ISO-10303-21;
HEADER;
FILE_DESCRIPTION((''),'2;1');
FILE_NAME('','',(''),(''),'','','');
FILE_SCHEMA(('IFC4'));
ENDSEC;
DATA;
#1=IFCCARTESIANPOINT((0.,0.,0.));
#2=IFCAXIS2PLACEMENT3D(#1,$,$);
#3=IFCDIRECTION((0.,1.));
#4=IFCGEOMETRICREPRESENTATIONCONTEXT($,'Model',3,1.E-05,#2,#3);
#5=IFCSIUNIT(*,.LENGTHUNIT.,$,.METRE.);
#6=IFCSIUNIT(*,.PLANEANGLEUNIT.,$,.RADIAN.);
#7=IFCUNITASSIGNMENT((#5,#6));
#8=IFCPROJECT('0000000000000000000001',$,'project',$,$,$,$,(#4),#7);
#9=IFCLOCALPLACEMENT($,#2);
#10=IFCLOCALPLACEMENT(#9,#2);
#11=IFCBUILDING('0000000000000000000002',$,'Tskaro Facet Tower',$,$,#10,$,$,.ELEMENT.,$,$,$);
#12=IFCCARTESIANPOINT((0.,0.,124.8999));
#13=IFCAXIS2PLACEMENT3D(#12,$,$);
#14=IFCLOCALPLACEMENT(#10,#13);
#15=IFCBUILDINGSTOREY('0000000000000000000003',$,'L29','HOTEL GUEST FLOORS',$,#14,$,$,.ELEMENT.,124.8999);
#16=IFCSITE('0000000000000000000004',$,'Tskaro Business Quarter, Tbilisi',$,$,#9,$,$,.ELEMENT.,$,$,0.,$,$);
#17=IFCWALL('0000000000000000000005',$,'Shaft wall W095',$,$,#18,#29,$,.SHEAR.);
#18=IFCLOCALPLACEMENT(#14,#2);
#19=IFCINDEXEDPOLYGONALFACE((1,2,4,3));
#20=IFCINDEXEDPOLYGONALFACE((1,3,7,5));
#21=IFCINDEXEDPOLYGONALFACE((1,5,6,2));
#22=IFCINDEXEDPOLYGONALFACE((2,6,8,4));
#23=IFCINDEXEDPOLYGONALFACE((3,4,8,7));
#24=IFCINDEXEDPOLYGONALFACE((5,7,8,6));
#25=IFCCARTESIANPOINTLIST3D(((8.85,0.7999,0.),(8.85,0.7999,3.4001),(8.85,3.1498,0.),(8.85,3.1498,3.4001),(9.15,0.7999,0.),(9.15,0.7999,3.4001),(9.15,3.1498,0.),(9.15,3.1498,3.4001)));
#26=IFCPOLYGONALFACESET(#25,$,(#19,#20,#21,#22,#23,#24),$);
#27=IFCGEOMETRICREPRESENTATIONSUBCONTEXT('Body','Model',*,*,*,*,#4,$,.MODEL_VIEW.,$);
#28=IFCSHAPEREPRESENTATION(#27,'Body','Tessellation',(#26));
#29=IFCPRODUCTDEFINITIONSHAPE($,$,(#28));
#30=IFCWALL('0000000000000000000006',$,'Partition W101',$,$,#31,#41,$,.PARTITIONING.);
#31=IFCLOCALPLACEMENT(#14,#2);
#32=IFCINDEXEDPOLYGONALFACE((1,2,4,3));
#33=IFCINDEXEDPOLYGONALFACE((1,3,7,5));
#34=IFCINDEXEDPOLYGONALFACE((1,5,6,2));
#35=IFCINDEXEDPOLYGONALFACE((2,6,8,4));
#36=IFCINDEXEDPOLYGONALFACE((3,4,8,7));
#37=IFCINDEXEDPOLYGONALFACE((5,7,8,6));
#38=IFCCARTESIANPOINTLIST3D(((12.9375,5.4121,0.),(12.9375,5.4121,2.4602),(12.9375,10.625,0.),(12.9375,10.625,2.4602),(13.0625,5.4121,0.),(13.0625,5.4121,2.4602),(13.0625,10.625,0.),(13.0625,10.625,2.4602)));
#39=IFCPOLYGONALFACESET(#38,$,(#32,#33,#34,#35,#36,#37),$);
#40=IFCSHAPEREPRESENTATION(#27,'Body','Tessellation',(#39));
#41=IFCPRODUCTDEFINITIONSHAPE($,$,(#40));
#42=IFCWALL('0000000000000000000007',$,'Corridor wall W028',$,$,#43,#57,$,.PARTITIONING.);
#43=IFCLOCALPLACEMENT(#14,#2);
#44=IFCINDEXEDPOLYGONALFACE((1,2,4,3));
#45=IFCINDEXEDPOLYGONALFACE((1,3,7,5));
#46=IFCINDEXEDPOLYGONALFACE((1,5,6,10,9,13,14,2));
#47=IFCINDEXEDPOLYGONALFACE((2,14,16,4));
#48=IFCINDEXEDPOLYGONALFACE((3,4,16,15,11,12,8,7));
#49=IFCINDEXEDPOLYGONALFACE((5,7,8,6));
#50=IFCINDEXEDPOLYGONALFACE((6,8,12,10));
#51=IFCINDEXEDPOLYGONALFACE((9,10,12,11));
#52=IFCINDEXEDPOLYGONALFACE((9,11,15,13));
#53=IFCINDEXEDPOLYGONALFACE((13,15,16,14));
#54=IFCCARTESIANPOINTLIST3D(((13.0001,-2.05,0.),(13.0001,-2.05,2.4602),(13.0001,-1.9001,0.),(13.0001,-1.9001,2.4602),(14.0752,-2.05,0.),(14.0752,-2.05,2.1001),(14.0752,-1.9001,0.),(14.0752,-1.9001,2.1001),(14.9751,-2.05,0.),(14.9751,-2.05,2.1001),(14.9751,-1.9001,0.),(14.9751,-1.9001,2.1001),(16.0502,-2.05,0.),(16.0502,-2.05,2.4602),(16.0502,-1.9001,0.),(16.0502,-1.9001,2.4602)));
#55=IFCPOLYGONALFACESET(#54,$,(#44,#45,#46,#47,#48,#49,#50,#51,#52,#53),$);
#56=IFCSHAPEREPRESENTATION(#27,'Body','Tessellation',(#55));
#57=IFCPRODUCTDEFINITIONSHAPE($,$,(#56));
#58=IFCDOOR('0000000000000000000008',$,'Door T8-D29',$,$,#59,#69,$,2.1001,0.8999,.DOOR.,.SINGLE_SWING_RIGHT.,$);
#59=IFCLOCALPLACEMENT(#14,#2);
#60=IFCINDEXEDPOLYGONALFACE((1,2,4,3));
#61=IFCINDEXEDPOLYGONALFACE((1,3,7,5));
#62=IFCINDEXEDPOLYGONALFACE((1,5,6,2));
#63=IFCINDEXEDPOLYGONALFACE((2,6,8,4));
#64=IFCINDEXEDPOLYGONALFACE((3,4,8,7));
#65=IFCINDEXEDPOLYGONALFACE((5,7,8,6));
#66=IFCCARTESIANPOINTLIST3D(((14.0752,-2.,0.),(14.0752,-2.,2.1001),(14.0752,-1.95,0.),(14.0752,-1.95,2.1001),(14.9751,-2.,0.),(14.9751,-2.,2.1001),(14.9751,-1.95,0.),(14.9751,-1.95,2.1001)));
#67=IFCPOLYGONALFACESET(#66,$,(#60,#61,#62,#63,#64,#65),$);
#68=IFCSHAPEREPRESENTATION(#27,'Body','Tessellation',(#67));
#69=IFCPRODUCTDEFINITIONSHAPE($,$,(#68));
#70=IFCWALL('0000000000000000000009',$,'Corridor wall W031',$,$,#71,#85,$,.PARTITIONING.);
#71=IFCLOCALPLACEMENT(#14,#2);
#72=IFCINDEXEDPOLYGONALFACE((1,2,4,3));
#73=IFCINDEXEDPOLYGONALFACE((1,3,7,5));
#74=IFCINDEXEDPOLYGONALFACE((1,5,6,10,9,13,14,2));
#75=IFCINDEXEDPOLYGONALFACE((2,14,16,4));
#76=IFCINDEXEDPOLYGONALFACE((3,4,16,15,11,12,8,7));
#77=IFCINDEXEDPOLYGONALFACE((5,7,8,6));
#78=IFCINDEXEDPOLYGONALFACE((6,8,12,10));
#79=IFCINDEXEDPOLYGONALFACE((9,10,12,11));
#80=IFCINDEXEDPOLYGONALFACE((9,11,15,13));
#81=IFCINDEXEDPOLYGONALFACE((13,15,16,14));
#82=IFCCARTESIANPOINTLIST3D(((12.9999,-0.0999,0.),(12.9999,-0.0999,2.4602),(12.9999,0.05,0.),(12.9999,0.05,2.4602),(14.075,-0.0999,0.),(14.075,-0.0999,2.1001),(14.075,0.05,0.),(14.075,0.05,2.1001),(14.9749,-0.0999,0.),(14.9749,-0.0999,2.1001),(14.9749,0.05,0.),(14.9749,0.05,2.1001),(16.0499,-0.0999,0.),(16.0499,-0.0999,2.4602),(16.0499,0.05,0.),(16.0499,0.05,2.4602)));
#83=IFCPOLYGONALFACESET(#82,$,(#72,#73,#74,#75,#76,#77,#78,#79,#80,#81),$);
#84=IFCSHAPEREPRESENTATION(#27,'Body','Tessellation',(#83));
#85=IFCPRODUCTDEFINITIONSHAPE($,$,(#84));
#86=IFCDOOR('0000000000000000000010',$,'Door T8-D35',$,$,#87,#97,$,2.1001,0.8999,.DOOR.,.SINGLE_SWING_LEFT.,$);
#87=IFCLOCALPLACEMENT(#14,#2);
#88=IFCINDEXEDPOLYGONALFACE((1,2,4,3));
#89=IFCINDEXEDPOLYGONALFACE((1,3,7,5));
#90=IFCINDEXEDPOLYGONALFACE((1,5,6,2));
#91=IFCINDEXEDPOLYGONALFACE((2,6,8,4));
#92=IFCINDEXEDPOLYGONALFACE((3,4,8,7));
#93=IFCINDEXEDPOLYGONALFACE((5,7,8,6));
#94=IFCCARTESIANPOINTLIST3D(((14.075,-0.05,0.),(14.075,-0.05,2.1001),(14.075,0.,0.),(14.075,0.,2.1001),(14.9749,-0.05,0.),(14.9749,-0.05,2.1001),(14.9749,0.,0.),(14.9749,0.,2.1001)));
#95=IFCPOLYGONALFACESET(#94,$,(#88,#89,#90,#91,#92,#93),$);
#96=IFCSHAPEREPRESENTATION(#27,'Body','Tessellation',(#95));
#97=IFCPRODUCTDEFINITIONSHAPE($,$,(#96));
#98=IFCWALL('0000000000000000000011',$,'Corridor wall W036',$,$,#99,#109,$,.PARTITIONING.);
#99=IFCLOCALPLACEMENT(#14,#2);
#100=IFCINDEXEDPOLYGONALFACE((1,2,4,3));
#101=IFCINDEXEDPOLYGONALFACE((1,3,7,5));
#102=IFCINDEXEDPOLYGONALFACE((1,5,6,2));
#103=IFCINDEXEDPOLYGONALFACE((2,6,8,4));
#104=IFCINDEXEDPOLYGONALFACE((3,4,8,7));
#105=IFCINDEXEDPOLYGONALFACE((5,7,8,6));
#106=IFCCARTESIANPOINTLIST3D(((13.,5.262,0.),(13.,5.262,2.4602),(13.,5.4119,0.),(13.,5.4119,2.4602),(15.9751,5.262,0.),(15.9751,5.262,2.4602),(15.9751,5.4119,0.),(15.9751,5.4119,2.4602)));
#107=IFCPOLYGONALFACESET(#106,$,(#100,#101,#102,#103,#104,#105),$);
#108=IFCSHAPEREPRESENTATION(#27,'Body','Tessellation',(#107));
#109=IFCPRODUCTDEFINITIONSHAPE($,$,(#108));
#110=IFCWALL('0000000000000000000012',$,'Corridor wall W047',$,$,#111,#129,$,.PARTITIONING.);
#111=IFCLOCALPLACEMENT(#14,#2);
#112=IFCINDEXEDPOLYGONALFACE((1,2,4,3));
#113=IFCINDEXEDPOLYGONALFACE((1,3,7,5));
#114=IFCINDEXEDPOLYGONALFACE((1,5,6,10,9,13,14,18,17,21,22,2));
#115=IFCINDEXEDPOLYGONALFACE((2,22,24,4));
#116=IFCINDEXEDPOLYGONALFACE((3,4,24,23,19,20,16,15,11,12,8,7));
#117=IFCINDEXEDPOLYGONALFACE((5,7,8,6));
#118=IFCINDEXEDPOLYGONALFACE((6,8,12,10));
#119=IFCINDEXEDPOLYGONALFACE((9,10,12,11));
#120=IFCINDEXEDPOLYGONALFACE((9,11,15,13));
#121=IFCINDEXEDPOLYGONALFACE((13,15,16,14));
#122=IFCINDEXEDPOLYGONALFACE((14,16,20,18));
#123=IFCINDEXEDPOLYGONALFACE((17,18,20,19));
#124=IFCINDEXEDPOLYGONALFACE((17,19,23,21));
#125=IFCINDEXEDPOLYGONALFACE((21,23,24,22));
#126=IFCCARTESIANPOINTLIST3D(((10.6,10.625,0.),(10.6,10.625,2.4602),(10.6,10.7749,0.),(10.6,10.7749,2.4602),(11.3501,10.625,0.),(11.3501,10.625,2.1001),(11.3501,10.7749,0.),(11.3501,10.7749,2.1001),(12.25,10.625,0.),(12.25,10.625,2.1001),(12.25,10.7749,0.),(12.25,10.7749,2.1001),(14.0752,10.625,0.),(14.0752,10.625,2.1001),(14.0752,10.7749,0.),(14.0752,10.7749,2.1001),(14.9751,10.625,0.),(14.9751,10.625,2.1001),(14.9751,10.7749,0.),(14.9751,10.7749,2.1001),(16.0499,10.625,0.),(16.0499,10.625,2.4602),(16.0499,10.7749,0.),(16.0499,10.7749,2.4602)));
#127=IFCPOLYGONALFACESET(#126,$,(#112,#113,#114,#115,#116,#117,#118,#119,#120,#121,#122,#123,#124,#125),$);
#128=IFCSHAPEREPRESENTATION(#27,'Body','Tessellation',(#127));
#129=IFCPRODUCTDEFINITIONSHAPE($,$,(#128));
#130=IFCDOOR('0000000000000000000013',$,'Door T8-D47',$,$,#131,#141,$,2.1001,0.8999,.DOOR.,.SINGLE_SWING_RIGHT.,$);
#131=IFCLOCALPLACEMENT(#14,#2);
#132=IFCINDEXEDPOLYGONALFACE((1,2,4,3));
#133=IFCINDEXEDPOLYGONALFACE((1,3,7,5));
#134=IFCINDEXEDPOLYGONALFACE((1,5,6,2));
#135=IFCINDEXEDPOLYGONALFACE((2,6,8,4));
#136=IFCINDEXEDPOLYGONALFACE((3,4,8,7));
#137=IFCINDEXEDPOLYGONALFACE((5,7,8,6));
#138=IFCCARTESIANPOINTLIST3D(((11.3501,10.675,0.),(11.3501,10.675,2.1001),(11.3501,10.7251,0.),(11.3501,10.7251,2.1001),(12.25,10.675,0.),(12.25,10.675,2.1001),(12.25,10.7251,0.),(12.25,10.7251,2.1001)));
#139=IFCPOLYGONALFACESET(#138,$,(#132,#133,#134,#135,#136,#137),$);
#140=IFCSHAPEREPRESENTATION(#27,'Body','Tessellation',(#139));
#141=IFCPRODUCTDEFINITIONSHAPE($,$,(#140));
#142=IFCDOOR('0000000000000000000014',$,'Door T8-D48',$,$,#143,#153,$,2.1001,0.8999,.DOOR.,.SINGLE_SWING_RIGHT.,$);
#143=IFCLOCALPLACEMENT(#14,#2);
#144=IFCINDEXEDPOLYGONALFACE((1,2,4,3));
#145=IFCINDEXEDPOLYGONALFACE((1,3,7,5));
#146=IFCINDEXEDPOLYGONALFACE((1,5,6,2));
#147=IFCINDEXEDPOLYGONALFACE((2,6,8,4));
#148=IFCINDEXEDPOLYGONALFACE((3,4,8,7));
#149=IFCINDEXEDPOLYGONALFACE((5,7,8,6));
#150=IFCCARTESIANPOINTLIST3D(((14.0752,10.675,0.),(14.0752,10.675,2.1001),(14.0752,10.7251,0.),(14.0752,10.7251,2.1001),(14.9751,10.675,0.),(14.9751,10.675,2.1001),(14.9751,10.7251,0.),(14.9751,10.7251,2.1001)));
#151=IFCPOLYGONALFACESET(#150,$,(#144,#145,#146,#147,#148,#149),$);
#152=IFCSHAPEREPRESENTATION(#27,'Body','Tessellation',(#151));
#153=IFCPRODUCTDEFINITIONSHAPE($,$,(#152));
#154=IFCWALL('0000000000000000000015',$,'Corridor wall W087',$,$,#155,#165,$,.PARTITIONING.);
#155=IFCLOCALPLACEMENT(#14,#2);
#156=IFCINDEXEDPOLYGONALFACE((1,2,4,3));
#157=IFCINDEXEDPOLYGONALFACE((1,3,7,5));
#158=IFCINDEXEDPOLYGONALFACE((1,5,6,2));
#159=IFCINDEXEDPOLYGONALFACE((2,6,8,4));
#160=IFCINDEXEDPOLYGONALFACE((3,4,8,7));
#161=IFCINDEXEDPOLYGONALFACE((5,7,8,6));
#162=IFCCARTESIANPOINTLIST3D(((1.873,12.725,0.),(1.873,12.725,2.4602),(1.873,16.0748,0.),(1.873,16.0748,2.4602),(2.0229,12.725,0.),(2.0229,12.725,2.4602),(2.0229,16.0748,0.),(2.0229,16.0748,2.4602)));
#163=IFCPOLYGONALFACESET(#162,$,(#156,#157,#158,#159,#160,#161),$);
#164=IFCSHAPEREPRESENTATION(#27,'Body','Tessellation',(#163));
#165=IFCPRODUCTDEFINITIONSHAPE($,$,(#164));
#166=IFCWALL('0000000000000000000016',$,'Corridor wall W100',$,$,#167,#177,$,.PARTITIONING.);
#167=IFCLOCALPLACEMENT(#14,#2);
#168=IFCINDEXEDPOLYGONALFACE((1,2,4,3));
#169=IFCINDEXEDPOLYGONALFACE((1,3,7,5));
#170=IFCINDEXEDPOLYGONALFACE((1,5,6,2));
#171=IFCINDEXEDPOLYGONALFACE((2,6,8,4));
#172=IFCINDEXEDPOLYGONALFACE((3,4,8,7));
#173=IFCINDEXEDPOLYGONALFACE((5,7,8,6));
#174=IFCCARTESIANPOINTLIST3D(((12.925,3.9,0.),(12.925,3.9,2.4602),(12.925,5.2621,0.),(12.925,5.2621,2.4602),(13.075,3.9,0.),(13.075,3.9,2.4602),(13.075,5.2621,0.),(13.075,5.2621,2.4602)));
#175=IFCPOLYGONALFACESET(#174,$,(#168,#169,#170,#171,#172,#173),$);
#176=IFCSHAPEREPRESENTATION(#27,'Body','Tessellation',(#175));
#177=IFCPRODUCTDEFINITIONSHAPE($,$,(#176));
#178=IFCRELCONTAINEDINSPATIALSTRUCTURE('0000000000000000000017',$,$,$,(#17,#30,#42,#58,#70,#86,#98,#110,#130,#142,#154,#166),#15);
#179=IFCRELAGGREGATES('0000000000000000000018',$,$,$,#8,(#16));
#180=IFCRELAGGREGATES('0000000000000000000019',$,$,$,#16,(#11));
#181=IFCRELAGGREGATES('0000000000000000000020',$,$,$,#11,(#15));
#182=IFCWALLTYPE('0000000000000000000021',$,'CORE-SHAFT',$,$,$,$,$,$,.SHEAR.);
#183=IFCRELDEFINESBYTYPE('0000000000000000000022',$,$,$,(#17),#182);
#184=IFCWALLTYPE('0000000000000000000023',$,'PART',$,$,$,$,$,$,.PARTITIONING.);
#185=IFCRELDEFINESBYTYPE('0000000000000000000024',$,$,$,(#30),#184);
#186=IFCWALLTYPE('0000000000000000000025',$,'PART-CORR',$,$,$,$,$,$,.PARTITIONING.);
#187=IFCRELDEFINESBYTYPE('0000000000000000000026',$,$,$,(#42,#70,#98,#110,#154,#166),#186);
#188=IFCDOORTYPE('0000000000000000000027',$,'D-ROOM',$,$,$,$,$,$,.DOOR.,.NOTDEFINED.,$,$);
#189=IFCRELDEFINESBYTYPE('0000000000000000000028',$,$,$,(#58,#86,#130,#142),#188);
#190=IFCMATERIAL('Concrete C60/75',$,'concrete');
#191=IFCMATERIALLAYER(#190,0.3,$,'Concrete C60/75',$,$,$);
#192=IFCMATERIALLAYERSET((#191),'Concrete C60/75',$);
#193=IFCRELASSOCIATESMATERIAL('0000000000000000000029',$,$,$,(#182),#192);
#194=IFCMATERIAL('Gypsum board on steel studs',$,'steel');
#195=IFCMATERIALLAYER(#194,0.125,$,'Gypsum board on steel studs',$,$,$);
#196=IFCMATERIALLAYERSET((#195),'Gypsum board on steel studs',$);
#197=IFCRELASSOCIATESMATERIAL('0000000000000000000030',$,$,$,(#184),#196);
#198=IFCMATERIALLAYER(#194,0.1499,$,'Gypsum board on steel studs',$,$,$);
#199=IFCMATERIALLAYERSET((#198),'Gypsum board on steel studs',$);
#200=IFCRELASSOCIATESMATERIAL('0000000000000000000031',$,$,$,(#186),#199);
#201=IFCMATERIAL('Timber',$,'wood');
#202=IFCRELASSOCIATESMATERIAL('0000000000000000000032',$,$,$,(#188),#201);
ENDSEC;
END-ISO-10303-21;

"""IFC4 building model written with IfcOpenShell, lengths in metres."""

from ifc_helpers import new_model, si_unit, direction, frame, frame_2d, origin, place, context, subcontext, project, spatial, rectangle, extrude, material, layer, layer_set, type_object, element, fill, save


model = new_model("IFC4")

# Units and contexts
model_context = context("Model", 3, precision=1e-05, world=origin(), true_north=direction((0.0, 1.0)))
body_context = subcontext(model_context, "Body", "Model", "MODEL_VIEW")
ifc_project = project(units=[si_unit("LENGTHUNIT", "METRE"), si_unit("PLANEANGLEUNIT", "RADIAN")], contexts=[model_context])

# Site, building, storey
site_placement = place(None, origin())
site = spatial("IfcSite", under=ifc_project, at=site_placement, Name="Tskaro Business Quarter, Tbilisi", CompositionType="ELEMENT", RefElevation=0.0)
building_placement = place(site_placement, origin())
building = spatial("IfcBuilding", under=site, at=building_placement, Name="Tskaro Facet Tower", CompositionType="ELEMENT")
storey_placement = place(building_placement, frame((0.0, 0.0, 124.8999)))
storey = spatial("IfcBuildingStorey", under=building, at=storey_placement, Name="L29", Description="HOTEL GUEST FLOORS", CompositionType="ELEMENT", Elevation=124.8999)

# Walls
ifc_material_1 = material(Name="Concrete C60/75", Category="concrete")
ifc_layer_1 = layer(ifc_material_1, 0.3, Name="Concrete C60/75")
ifc_layer_set_1 = layer_set([ifc_layer_1], Name="Concrete C60/75")
wall_type_1 = type_object("IfcWallType", Name="CORE-SHAFT", PredefinedType="SHEAR", material=ifc_layer_set_1)
wall_1_placement = place(storey_placement, frame((9.0, 0.8, 0.0), z_axis=(0.0, 0.0, 1.0), x_axis=(0.0, 1.0, 0.0)))
element("IfcWall", 1, at=wall_1_placement, inside=storey, type_object=wall_type_1, Name="Shaft wall W095", PredefinedType="SHEAR", context=body_context, shape_type="SweptSolid", body=[
    extrude(rectangle(XDim=2.3499, YDim=0.3, at=frame_2d((1.1748, 0.0))), origin(), (0.0, 0.0, 1.0), 3.4001),
])
ifc_material_2 = material(Name="Gypsum board on steel studs", Category="steel")
ifc_layer_2 = layer(ifc_material_2, 0.125, Name="Gypsum board on steel studs")
ifc_layer_set_2 = layer_set([ifc_layer_2], Name="Gypsum board on steel studs")
wall_type_2 = type_object("IfcWallType", Name="PART", PredefinedType="PARTITIONING", material=ifc_layer_set_2)
wall_2_placement = place(storey_placement, frame((13.0, 5.4121, 0.0), z_axis=(0.0, 0.0, 1.0), x_axis=(0.0, 1.0, 0.0)))
element("IfcWall", 2, at=wall_2_placement, inside=storey, type_object=wall_type_2, Name="Partition W101", PredefinedType="PARTITIONING", context=body_context, shape_type="SweptSolid", body=[
    extrude(rectangle(XDim=5.2129, YDim=0.125, at=frame_2d((2.6064, 0.0))), origin(), (0.0, 0.0, 1.0), 2.4602),
])

# Walls, openings, doors
ifc_layer_3 = layer(ifc_material_2, 0.1499, Name="Gypsum board on steel studs")
ifc_layer_set_3 = layer_set([ifc_layer_3], Name="Gypsum board on steel studs")
wall_type_3 = type_object("IfcWallType", Name="PART-CORR", PredefinedType="PARTITIONING", material=ifc_layer_set_3)
wall_3_placement = place(storey_placement, frame((16.05, -1.9751, 0.0), z_axis=(0.0, 0.0, 1.0), x_axis=(-1.0, 0.0, 0.0)))
wall_3 = element("IfcWall", 3, at=wall_3_placement, inside=storey, type_object=wall_type_3, Name="Corridor wall W028", PredefinedType="PARTITIONING", context=body_context, shape_type="SweptSolid", body=[
    extrude(rectangle(XDim=3.05, YDim=0.1499, at=frame_2d((1.5249, 0.0))), origin(), (0.0, 0.0, 1.0), 2.4602),
])
opening_1_placement = place(wall_3_placement, frame((1.075, 0.0, 0.0)))
opening_1 = element("IfcOpeningElement", 4, at=opening_1_placement, cuts=wall_3, PredefinedType="OPENING", context=body_context, shape_type="SweptSolid", body=[
    extrude(rectangle(XDim=0.8999, YDim=2.1001, at=frame_2d((0.45, 1.05))), frame((0.0, 0.085, 0.0), z_axis=(0.0, -1.0, 0.0), x_axis=(1.0, 0.0, 0.0)), (0.0, 0.0, 1.0), 0.1699),
])
ifc_material_3 = material(Name="Timber", Category="wood")
door_type_1 = type_object("IfcDoorType", Name="D-ROOM", OperationType="NOTDEFINED", PredefinedType="DOOR", material=ifc_material_3)
door_1_placement = place(opening_1_placement, origin())
door_1 = element("IfcDoor", 5, at=door_1_placement, inside=storey, type_object=door_type_1, Name="Door T8-D29", OperationType="SINGLE_SWING_RIGHT", OverallHeight=2.1001, OverallWidth=0.8999, PredefinedType="DOOR", context=body_context, shape_type="SweptSolid", body=[
    extrude(rectangle(XDim=0.8999, YDim=2.1001, at=frame_2d((0.45, 1.05))), frame((0.0, 0.0249, 0.0), z_axis=(0.0, -1.0, 0.0), x_axis=(1.0, 0.0, 0.0)), (0.0, 0.0, 1.0), 0.05),
])
fill(opening_1, door_1)
wall_4_placement = place(storey_placement, frame((13.0, -0.0249, 0.0), z_axis=(0.0, 0.0, 1.0), x_axis=(1.0, 0.0, 0.0)))
wall_4 = element("IfcWall", 6, at=wall_4_placement, inside=storey, type_object=wall_type_3, Name="Corridor wall W031", PredefinedType="PARTITIONING", context=body_context, shape_type="SweptSolid", body=[
    extrude(rectangle(XDim=3.05, YDim=0.1499, at=frame_2d((1.5249, 0.0))), origin(), (0.0, 0.0, 1.0), 2.4602),
])
opening_2_placement = place(wall_4_placement, frame((1.075, 0.0, 0.0)))
opening_2 = element("IfcOpeningElement", 7, at=opening_2_placement, cuts=wall_4, PredefinedType="OPENING", context=body_context, shape_type="SweptSolid", body=[
    extrude(rectangle(XDim=0.8999, YDim=2.1001, at=frame_2d((0.45, 1.05))), frame((0.0, 0.085, 0.0), z_axis=(0.0, -1.0, 0.0), x_axis=(1.0, 0.0, 0.0)), (0.0, 0.0, 1.0), 0.1699),
])
door_2_placement = place(opening_2_placement, origin())
door_2 = element("IfcDoor", 8, at=door_2_placement, inside=storey, type_object=door_type_1, Name="Door T8-D35", OperationType="SINGLE_SWING_LEFT", OverallHeight=2.1001, OverallWidth=0.8999, PredefinedType="DOOR", context=body_context, shape_type="SweptSolid", body=[
    extrude(rectangle(XDim=0.8999, YDim=2.1001, at=frame_2d((0.45, 1.05))), frame((0.0, 0.0249, 0.0), z_axis=(0.0, -1.0, 0.0), x_axis=(1.0, 0.0, 0.0)), (0.0, 0.0, 1.0), 0.05),
])
fill(opening_2, door_2)

# Wall
wall_5_placement = place(storey_placement, frame((13.0, 5.3369, 0.0), z_axis=(0.0, 0.0, 1.0), x_axis=(1.0, 0.0, 0.0)))
element("IfcWall", 9, at=wall_5_placement, inside=storey, type_object=wall_type_3, Name="Corridor wall W036", PredefinedType="PARTITIONING", context=body_context, shape_type="SweptSolid", body=[
    extrude(rectangle(XDim=2.9751, YDim=0.1499, at=frame_2d((1.4875, 0.0))), origin(), (0.0, 0.0, 1.0), 2.4602),
])

# Wall, openings, doors
wall_6_placement = place(storey_placement, frame((16.05, 10.7, 0.0), z_axis=(0.0, 0.0, 1.0), x_axis=(-1.0, 0.0, 0.0)))
wall_6 = element("IfcWall", 10, at=wall_6_placement, inside=storey, type_object=wall_type_3, Name="Corridor wall W047", PredefinedType="PARTITIONING", context=body_context, shape_type="SweptSolid", body=[
    extrude(rectangle(XDim=5.45, YDim=0.1499, at=frame_2d((2.7251, 0.0))), origin(), (0.0, 0.0, 1.0), 2.4602),
])
opening_3_placement = place(wall_6_placement, frame((3.8, 0.0, 0.0)))
opening_3 = element("IfcOpeningElement", 11, at=opening_3_placement, cuts=wall_6, PredefinedType="OPENING", context=body_context, shape_type="SweptSolid", body=[
    extrude(rectangle(XDim=0.8999, YDim=2.1001, at=frame_2d((0.45, 1.05))), frame((0.0, 0.085, 0.0), z_axis=(0.0, -1.0, 0.0), x_axis=(1.0, 0.0, 0.0)), (0.0, 0.0, 1.0), 0.1699),
])
opening_4_placement = place(wall_6_placement, frame((1.075, 0.0, 0.0)))
opening_4 = element("IfcOpeningElement", 12, at=opening_4_placement, cuts=wall_6, PredefinedType="OPENING", context=body_context, shape_type="SweptSolid", body=[
    extrude(rectangle(XDim=0.8999, YDim=2.1001, at=frame_2d((0.45, 1.05))), frame((0.0, 0.085, 0.0), z_axis=(0.0, -1.0, 0.0), x_axis=(1.0, 0.0, 0.0)), (0.0, 0.0, 1.0), 0.1699),
])
door_3_placement = place(opening_3_placement, origin())
door_3 = element("IfcDoor", 13, at=door_3_placement, inside=storey, type_object=door_type_1, Name="Door T8-D47", OperationType="SINGLE_SWING_RIGHT", OverallHeight=2.1001, OverallWidth=0.8999, PredefinedType="DOOR", context=body_context, shape_type="SweptSolid", body=[
    extrude(rectangle(XDim=0.8999, YDim=2.1001, at=frame_2d((0.45, 1.05))), frame((0.0, 0.0249, 0.0), z_axis=(0.0, -1.0, 0.0), x_axis=(1.0, 0.0, 0.0)), (0.0, 0.0, 1.0), 0.05),
])
fill(opening_3, door_3)
door_4_placement = place(opening_4_placement, origin())
door_4 = element("IfcDoor", 14, at=door_4_placement, inside=storey, type_object=door_type_1, Name="Door T8-D48", OperationType="SINGLE_SWING_RIGHT", OverallHeight=2.1001, OverallWidth=0.8999, PredefinedType="DOOR", context=body_context, shape_type="SweptSolid", body=[
    extrude(rectangle(XDim=0.8999, YDim=2.1001, at=frame_2d((0.45, 1.05))), frame((0.0, 0.0249, 0.0), z_axis=(0.0, -1.0, 0.0), x_axis=(1.0, 0.0, 0.0)), (0.0, 0.0, 1.0), 0.05),
])
fill(opening_4, door_4)

# Walls
wall_7_placement = place(storey_placement, frame((1.948, 12.7251, 0.0), z_axis=(0.0, 0.0, 1.0), x_axis=(0.0, 1.0, 0.0)))
element("IfcWall", 15, at=wall_7_placement, inside=storey, type_object=wall_type_3, Name="Corridor wall W087", PredefinedType="PARTITIONING", context=body_context, shape_type="SweptSolid", body=[
    extrude(rectangle(XDim=3.3499, YDim=0.1499, at=frame_2d((1.6748, 0.0))), origin(), (0.0, 0.0, 1.0), 2.4602),
])
wall_8_placement = place(storey_placement, frame((13.0, 3.8999, 0.0), z_axis=(0.0, 0.0, 1.0), x_axis=(0.0, 1.0, 0.0)))
element("IfcWall", 16, at=wall_8_placement, inside=storey, type_object=wall_type_3, Name="Corridor wall W100", PredefinedType="PARTITIONING", context=body_context, shape_type="SweptSolid", body=[
    extrude(rectangle(XDim=1.3621, YDim=0.1499, at=frame_2d((0.6812, 0.0))), origin(), (0.0, 0.0, 1.0), 2.4602),
])

save(model, "model.ifc")
